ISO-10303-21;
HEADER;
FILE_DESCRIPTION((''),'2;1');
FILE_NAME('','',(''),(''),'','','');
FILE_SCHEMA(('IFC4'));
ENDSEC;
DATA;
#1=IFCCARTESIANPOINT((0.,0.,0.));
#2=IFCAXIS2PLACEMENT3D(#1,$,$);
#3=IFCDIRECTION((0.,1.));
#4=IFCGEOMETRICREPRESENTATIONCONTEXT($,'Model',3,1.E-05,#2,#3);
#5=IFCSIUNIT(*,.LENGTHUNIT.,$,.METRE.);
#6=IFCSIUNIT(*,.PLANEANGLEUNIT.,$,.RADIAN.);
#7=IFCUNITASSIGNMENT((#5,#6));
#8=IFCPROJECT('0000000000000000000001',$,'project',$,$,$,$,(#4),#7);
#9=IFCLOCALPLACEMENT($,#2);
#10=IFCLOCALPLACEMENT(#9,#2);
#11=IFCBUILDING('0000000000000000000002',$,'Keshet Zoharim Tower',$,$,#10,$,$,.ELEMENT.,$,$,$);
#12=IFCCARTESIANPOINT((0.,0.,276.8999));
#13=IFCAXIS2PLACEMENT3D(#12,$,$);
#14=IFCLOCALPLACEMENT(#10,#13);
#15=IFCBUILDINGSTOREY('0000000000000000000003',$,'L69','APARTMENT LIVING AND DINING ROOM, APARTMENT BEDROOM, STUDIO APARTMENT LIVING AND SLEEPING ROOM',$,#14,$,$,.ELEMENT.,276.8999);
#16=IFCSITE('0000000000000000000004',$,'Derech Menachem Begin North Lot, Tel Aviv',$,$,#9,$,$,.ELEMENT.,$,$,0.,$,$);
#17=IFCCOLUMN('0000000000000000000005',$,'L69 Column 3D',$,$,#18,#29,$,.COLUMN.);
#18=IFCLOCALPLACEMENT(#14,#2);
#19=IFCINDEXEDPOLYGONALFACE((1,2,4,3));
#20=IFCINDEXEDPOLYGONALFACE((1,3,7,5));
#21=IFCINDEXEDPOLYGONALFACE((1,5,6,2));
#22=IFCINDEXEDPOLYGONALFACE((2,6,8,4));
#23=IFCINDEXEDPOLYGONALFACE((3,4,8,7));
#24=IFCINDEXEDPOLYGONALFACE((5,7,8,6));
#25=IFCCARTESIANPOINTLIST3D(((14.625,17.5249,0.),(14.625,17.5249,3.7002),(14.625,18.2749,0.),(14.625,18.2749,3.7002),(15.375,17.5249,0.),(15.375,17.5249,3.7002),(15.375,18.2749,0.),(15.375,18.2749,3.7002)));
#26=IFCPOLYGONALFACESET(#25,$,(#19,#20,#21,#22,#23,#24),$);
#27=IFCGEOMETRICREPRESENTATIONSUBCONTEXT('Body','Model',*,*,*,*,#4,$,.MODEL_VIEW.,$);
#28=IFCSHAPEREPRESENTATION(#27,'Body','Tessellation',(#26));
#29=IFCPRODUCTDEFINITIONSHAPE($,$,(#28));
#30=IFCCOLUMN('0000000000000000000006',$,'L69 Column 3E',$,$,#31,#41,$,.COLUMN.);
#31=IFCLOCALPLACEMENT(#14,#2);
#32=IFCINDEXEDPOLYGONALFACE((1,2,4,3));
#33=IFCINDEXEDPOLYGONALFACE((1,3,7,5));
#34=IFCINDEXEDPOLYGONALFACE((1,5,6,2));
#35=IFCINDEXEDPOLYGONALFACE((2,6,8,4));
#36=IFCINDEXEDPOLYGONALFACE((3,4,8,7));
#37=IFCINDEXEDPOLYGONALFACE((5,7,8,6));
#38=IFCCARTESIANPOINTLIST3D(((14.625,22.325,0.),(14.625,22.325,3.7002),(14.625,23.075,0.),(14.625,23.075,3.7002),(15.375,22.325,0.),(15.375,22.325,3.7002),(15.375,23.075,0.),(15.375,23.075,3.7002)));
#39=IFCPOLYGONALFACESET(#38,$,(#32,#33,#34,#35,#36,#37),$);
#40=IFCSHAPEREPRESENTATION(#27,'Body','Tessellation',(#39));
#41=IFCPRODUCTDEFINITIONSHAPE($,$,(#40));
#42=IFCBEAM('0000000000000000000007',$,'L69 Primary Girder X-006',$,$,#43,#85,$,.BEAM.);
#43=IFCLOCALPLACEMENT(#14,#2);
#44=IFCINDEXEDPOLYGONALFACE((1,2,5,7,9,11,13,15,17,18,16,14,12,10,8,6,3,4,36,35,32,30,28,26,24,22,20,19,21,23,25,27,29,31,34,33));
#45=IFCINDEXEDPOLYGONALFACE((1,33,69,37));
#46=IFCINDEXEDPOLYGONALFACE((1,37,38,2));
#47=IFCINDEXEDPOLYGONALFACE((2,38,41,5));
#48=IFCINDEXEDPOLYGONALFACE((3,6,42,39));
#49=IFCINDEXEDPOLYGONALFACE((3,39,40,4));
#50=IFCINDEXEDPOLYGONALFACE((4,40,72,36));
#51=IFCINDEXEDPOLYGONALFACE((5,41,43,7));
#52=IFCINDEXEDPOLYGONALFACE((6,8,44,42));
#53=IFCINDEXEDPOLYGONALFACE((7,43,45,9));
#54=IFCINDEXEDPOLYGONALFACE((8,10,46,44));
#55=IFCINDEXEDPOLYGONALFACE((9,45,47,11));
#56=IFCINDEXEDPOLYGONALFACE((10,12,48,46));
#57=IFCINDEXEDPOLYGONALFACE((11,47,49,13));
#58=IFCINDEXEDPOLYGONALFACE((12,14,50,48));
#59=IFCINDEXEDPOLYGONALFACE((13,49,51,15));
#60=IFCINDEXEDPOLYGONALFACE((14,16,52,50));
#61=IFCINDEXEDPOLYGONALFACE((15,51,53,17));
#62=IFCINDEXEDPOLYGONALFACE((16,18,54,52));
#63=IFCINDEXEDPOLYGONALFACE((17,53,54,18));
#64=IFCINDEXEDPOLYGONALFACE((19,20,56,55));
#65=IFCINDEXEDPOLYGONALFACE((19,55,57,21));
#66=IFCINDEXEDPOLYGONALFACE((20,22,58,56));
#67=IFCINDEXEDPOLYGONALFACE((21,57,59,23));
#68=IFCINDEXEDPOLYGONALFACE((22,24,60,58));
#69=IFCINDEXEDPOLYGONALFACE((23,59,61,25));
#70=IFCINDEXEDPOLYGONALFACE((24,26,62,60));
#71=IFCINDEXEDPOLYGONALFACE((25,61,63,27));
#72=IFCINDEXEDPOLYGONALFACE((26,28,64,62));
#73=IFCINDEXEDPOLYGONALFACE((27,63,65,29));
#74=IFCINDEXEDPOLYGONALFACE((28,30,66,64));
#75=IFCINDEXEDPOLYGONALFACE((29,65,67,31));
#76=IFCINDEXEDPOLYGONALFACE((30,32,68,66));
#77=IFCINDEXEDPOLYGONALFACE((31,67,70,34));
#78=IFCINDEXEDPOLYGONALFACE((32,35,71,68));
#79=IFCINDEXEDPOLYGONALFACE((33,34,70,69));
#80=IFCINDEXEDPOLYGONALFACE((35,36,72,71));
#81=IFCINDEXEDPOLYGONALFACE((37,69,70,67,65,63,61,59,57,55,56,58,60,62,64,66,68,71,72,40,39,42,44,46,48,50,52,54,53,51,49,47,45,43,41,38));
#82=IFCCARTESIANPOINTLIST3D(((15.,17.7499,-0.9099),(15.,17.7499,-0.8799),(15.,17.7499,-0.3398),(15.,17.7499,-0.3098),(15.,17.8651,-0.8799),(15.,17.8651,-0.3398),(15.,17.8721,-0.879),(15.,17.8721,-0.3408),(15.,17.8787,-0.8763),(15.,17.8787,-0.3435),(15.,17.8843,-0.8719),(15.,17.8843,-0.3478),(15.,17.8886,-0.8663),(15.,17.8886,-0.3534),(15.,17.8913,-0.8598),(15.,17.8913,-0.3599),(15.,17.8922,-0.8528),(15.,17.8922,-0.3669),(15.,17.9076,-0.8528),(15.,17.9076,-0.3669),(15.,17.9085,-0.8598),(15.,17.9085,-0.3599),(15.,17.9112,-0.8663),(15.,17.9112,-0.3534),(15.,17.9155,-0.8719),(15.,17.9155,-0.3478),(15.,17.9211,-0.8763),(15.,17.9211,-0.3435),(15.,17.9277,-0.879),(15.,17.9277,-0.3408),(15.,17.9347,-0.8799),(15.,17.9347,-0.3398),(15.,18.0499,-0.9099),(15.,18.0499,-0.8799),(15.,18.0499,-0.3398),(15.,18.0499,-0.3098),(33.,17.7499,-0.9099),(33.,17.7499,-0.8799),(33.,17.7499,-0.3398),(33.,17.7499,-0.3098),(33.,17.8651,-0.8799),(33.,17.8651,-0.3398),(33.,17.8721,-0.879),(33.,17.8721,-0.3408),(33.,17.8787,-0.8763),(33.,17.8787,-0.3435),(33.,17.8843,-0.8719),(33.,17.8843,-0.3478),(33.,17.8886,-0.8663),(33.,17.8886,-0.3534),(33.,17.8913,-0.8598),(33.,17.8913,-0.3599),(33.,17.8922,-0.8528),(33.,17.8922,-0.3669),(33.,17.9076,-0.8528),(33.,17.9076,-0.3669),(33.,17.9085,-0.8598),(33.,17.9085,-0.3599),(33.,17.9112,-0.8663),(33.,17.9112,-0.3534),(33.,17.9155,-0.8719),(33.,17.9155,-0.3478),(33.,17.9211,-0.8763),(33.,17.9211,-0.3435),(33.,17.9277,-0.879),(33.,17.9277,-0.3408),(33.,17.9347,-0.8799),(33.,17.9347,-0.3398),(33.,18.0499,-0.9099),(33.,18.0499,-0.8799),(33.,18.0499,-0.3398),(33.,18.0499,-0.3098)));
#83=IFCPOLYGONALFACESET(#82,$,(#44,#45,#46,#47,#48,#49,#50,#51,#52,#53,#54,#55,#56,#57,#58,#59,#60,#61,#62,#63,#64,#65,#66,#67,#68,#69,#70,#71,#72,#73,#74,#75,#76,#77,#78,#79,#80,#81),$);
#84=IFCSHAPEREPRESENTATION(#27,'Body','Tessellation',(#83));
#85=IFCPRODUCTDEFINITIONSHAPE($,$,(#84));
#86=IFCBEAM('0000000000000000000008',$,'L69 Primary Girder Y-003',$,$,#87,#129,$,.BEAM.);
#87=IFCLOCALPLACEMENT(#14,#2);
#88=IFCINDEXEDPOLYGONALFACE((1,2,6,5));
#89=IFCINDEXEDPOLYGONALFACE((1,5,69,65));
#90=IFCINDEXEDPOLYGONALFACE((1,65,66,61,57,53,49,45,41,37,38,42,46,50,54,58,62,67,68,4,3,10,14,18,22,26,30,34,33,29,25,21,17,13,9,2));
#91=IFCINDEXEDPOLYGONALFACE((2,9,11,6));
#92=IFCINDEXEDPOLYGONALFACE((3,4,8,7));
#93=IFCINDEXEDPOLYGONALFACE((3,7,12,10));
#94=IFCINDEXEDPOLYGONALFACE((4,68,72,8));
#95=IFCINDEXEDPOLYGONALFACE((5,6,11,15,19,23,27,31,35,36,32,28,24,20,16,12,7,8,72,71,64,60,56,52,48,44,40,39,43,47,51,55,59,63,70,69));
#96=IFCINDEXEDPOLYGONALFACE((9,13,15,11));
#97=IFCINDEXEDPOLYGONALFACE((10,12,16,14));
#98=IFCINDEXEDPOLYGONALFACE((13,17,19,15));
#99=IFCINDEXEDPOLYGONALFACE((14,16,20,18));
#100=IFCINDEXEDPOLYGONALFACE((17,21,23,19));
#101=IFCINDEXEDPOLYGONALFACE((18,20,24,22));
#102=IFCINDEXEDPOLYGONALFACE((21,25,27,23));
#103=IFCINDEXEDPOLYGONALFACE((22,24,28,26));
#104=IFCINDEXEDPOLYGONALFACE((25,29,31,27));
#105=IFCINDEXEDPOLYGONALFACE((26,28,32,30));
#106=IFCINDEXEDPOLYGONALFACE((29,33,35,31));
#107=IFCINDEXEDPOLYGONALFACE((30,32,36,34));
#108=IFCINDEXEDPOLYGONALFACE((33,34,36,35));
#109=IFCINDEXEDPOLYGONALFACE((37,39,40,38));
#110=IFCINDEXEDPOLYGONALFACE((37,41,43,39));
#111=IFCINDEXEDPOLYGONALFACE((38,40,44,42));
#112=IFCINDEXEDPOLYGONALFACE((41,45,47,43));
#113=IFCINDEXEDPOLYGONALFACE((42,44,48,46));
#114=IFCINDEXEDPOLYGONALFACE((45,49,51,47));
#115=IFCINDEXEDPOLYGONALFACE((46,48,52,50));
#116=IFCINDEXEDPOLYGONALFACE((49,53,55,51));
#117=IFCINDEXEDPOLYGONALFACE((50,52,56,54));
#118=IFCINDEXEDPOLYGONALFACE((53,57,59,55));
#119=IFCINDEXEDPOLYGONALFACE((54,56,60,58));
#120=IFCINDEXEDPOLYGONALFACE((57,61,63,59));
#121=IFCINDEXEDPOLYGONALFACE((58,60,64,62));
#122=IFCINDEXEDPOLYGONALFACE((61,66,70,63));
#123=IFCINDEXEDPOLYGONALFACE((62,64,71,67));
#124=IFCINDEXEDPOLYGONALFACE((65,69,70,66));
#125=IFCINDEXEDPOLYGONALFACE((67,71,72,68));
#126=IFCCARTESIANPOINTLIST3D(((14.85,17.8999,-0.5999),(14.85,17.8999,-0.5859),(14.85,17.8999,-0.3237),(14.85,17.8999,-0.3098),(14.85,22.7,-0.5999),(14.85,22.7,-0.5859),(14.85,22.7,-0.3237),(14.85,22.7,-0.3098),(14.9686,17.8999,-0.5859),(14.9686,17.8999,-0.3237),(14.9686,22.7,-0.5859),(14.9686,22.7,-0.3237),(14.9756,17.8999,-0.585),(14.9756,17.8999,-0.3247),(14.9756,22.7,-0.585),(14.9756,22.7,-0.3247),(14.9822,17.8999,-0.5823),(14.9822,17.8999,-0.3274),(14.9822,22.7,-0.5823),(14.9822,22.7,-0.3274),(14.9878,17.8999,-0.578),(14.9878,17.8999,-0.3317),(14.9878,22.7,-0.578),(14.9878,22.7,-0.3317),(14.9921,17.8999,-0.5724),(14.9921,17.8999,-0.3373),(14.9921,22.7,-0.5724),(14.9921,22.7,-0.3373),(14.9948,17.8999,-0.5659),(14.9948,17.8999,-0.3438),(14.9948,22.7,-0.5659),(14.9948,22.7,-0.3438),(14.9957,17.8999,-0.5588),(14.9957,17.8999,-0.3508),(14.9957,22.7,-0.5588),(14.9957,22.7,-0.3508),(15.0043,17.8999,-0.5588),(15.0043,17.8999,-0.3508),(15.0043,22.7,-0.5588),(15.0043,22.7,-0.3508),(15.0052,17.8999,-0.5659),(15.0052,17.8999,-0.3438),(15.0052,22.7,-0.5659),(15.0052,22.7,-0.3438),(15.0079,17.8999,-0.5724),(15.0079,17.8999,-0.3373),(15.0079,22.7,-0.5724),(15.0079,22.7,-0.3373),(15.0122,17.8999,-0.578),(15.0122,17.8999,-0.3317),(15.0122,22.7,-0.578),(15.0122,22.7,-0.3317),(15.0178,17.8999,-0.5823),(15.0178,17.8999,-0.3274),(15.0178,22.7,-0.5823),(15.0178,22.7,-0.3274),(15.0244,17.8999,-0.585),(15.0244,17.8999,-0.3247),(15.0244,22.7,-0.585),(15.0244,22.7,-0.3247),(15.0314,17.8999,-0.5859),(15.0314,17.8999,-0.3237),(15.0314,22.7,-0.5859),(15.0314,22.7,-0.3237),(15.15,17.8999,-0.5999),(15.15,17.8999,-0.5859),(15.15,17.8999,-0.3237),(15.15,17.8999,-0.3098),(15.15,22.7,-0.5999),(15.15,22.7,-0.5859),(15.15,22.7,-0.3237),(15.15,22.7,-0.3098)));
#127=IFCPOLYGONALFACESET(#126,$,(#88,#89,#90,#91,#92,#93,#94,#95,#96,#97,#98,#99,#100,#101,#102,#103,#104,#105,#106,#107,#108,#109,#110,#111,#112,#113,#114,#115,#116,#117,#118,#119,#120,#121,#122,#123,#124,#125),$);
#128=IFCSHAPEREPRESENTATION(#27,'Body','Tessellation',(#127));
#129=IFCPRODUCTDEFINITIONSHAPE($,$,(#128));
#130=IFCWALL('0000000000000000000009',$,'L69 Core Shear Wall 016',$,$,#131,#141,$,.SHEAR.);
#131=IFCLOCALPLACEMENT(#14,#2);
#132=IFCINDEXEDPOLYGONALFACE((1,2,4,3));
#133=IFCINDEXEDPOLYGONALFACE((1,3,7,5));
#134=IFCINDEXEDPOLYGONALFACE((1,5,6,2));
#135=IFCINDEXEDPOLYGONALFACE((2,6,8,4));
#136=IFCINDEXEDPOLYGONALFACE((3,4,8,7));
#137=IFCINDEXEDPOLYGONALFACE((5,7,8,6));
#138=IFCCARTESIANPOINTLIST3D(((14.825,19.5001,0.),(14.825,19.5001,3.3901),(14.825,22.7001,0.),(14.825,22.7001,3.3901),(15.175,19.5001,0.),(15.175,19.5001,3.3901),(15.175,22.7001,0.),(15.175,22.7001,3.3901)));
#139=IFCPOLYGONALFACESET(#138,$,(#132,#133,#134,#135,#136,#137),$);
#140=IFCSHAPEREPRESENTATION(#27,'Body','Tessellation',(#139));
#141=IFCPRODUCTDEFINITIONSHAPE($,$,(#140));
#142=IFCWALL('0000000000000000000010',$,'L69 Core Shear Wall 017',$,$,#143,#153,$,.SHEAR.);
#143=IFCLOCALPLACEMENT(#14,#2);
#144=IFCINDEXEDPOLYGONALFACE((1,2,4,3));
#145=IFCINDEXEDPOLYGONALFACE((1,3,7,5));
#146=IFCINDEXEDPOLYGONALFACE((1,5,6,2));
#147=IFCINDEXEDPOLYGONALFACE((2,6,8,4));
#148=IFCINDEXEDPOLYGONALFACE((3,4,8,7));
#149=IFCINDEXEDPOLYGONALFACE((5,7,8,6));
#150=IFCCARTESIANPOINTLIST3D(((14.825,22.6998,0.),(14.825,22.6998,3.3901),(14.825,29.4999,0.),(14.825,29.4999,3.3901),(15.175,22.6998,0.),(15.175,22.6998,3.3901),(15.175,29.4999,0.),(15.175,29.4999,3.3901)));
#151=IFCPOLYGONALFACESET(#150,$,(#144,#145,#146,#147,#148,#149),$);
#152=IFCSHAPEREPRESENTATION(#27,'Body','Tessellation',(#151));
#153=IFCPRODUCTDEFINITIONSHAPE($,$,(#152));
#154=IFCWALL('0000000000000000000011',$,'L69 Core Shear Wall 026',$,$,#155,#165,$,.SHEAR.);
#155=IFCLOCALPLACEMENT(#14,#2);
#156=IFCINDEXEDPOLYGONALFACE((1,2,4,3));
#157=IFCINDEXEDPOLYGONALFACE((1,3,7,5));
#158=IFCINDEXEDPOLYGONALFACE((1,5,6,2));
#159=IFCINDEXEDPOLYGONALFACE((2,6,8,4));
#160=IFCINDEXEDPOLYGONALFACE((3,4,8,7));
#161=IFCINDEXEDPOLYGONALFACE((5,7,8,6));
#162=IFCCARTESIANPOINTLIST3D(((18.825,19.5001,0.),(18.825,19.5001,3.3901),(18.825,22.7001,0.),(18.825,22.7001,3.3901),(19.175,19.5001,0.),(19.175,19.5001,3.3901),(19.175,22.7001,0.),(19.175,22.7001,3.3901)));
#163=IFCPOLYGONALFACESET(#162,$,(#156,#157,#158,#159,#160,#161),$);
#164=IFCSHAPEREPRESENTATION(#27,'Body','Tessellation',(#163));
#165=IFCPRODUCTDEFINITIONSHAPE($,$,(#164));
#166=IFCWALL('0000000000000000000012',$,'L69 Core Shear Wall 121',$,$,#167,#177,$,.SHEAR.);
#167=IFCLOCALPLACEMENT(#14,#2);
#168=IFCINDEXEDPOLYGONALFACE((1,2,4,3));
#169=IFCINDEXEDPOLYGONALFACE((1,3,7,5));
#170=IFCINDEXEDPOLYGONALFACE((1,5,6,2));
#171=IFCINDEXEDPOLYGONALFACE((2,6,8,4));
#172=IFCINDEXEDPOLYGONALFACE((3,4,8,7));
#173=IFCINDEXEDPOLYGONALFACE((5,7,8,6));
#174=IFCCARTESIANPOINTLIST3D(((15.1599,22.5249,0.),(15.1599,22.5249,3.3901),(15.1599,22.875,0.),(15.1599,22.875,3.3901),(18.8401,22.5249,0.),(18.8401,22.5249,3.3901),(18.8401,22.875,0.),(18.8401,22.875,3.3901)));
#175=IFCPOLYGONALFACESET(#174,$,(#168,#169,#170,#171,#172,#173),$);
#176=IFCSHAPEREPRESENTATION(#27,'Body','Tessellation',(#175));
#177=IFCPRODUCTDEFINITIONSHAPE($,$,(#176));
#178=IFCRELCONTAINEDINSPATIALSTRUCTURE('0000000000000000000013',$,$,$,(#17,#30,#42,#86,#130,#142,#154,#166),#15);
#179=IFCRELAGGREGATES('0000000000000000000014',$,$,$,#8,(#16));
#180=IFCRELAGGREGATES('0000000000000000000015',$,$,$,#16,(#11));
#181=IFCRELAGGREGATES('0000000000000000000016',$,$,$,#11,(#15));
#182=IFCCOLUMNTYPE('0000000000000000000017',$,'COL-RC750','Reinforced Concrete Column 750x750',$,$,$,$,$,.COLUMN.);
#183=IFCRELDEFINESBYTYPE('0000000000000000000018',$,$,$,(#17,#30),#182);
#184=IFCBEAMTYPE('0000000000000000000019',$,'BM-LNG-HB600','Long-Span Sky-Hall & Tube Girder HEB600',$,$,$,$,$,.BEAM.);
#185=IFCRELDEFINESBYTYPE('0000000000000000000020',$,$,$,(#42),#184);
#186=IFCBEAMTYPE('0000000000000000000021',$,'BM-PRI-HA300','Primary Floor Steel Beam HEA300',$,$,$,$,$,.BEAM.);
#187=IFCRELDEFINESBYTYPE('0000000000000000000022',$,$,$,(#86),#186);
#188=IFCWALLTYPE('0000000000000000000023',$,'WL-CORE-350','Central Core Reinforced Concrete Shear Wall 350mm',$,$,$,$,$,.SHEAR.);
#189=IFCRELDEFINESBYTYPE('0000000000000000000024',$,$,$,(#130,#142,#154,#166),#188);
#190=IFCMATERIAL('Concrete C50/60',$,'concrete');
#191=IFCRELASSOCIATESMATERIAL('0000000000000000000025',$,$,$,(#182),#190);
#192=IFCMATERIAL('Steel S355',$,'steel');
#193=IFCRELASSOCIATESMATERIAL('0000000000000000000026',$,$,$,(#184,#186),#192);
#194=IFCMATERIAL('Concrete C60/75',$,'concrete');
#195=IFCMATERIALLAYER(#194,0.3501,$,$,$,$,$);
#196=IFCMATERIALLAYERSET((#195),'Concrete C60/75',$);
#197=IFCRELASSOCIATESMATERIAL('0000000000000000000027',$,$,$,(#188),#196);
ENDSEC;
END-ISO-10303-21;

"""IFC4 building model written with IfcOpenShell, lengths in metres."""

from ifc_helpers import new_model, si_unit, direction, frame, frame_2d, origin, origin_2d, place, context, subcontext, project, spatial, rectangle, i_section, extrude, material, layer, layer_set, material_profile, profile_set, type_object, element, save


model = new_model("IFC4")

# Units and contexts
model_context = context("Model", 3, precision=1e-05, world=origin(), true_north=direction((0.0, 1.0)))
body_context = subcontext(model_context, "Body", "Model", "MODEL_VIEW")
ifc_project = project(units=[si_unit("LENGTHUNIT", "METRE"), si_unit("PLANEANGLEUNIT", "RADIAN")], contexts=[model_context])

# Site, building, storey
site_placement = place(None, origin())
site = spatial("IfcSite", under=ifc_project, at=site_placement, Name="Derech Menachem Begin North Lot, Tel Aviv", CompositionType="ELEMENT", RefElevation=0.0)
building_placement = place(site_placement, origin())
building = spatial("IfcBuilding", under=site, at=building_placement, Name="Keshet Zoharim Tower", CompositionType="ELEMENT")
storey_placement = place(building_placement, frame((0.0, 0.0, 276.8999)))
storey = spatial("IfcBuildingStorey", under=building, at=storey_placement, Name="L69", Description="APARTMENT LIVING AND DINING ROOM, APARTMENT BEDROOM, STUDIO APARTMENT LIVING AND SLEEPING ROOM", CompositionType="ELEMENT", Elevation=276.8999)

# Columns
ifc_material_1 = material(Name="Concrete C50/60", Category="concrete")
ifc_material_profile_1 = material_profile(ifc_material_1, rectangle(XDim=0.75, YDim=0.75, at=origin_2d()), Name="RC750x750")
ifc_profile_set_1 = profile_set([ifc_material_profile_1], Name="Concrete C50/60")
column_type = type_object("IfcColumnType", Name="COL-RC750", Description="Reinforced Concrete Column 750x750", PredefinedType="COLUMN", material=ifc_profile_set_1)
for number, where, z_axis, x_axis, name in (
    (1, (15.0, 17.8999, 0.0), (0.0, 0.0, 1.0), (1.0, 0.0, 0.0), "L69 Column 3D"),
    (2, (15.0, 22.7, 0.0), (0.0, 0.0, 1.0), (1.0, 0.0, 0.0), "L69 Column 3E"),
):
    element("IfcColumn", number, at=place(storey_placement, frame(where, z_axis=z_axis, x_axis=x_axis)), inside=storey, type_object=column_type, Name=name, PredefinedType="COLUMN", context=body_context, shape_type="SweptSolid", body=[
        extrude(rectangle(XDim=0.75, YDim=0.75, at=origin_2d()), origin(), (0.0, 0.0, 1.0), 3.7002),
    ])

# Beams
ifc_material_2 = material(Name="Steel S355", Category="steel")
ifc_material_profile_2 = material_profile(ifc_material_2, i_section(OverallWidth=0.3, OverallDepth=0.6001, WebThickness=0.0154, FlangeThickness=0.03, FilletRadius=0.0271, at=origin_2d()), Name="HEB600")
ifc_profile_set_2 = profile_set([ifc_material_profile_2], Name="Steel S355")
beam_type_1 = type_object("IfcBeamType", Name="BM-LNG-HB600", Description="Long-Span Sky-Hall & Tube Girder HEB600", PredefinedType="BEAM", material=ifc_profile_set_2)
beam_1_placement = place(storey_placement, frame((15.0, 17.8999, -0.6099), z_axis=(1.0, 0.0, 0.0), x_axis=(0.0, 1.0, 0.0)))
element("IfcBeam", 3, at=beam_1_placement, inside=storey, type_object=beam_type_1, Name="L69 Primary Girder X-006", PredefinedType="BEAM", context=body_context, shape_type="SweptSolid", body=[
    extrude(i_section(OverallWidth=0.3, OverallDepth=0.6001, WebThickness=0.0154, FlangeThickness=0.03, FilletRadius=0.0271, at=origin_2d()), origin(), (0.0, 0.0, 1.0), 18.0),
])
ifc_material_profile_3 = material_profile(ifc_material_2, i_section(OverallWidth=0.3, OverallDepth=0.29, WebThickness=0.0085, FlangeThickness=0.0139, FilletRadius=0.0271, at=origin_2d()), Name="HEA300")
ifc_profile_set_3 = profile_set([ifc_material_profile_3], Name="Steel S355")
beam_type_2 = type_object("IfcBeamType", Name="BM-PRI-HA300", Description="Primary Floor Steel Beam HEA300", PredefinedType="BEAM", material=ifc_profile_set_3)
beam_2_placement = place(storey_placement, frame((15.0, 17.8999, -0.4548), z_axis=(0.0, 1.0, 0.0), x_axis=(-1.0, 0.0, 0.0)))
element("IfcBeam", 4, at=beam_2_placement, inside=storey, type_object=beam_type_2, Name="L69 Primary Girder Y-003", PredefinedType="BEAM", context=body_context, shape_type="SweptSolid", body=[
    extrude(i_section(OverallWidth=0.3, OverallDepth=0.29, WebThickness=0.0085, FlangeThickness=0.0139, FilletRadius=0.0271, at=origin_2d()), origin(), (0.0, 0.0, 1.0), 4.8),
])

# Walls
ifc_material_3 = material(Name="Concrete C60/75", Category="concrete")
ifc_layer_1 = layer(ifc_material_3, 0.3501)
ifc_layer_set_1 = layer_set([ifc_layer_1], Name="Concrete C60/75")
wall_type_1 = type_object("IfcWallType", Name="WL-CORE-350", Description="Central Core Reinforced Concrete Shear Wall 350mm", PredefinedType="SHEAR", material=ifc_layer_set_1)
wall_1_placement = place(storey_placement, frame((15.0, 19.5, 0.0), z_axis=(0.0, 0.0, 1.0), x_axis=(0.0, 1.0, 0.0)))
element("IfcWall", 5, at=wall_1_placement, inside=storey, type_object=wall_type_1, Name="L69 Core Shear Wall 016", PredefinedType="SHEAR", context=body_context, shape_type="SweptSolid", body=[
    extrude(rectangle(XDim=3.2, YDim=0.3501, at=frame_2d((1.6001, 0.0))), origin(), (0.0, 0.0, 1.0), 3.3901),
])
wall_2_placement = place(storey_placement, frame((15.0, 22.7, 0.0), z_axis=(0.0, 0.0, 1.0), x_axis=(0.0, 1.0, 0.0)))
element("IfcWall", 6, at=wall_2_placement, inside=storey, type_object=wall_type_1, Name="L69 Core Shear Wall 017", PredefinedType="SHEAR", context=body_context, shape_type="SweptSolid", body=[
    extrude(rectangle(XDim=6.8, YDim=0.3501, at=frame_2d((3.3999, 0.0))), origin(), (0.0, 0.0, 1.0), 3.3901),
])
wall_3_placement = place(storey_placement, frame((19.0, 19.5, 0.0), z_axis=(0.0, 0.0, 1.0), x_axis=(0.0, 1.0, 0.0)))
element("IfcWall", 7, at=wall_3_placement, inside=storey, type_object=wall_type_1, Name="L69 Core Shear Wall 026", PredefinedType="SHEAR", context=body_context, shape_type="SweptSolid", body=[
    extrude(rectangle(XDim=3.2, YDim=0.3501, at=frame_2d((1.6001, 0.0))), origin(), (0.0, 0.0, 1.0), 3.3901),
])

# Wall
wall_4_placement = place(storey_placement, frame((15.1599, 22.7, 0.0), z_axis=(0.0, 0.0, 1.0), x_axis=(1.0, 0.0, 0.0)))
element("IfcWall", 8, at=wall_4_placement, inside=storey, type_object=wall_type_1, Name="L69 Core Shear Wall 121", PredefinedType="SHEAR", context=body_context, shape_type="SweptSolid", body=[
    extrude(rectangle(XDim=3.6802, YDim=0.3501, at=frame_2d((1.8401, 0.0))), origin(), (0.0, 0.0, 1.0), 3.3901),
])

save(model, "model.ifc")
